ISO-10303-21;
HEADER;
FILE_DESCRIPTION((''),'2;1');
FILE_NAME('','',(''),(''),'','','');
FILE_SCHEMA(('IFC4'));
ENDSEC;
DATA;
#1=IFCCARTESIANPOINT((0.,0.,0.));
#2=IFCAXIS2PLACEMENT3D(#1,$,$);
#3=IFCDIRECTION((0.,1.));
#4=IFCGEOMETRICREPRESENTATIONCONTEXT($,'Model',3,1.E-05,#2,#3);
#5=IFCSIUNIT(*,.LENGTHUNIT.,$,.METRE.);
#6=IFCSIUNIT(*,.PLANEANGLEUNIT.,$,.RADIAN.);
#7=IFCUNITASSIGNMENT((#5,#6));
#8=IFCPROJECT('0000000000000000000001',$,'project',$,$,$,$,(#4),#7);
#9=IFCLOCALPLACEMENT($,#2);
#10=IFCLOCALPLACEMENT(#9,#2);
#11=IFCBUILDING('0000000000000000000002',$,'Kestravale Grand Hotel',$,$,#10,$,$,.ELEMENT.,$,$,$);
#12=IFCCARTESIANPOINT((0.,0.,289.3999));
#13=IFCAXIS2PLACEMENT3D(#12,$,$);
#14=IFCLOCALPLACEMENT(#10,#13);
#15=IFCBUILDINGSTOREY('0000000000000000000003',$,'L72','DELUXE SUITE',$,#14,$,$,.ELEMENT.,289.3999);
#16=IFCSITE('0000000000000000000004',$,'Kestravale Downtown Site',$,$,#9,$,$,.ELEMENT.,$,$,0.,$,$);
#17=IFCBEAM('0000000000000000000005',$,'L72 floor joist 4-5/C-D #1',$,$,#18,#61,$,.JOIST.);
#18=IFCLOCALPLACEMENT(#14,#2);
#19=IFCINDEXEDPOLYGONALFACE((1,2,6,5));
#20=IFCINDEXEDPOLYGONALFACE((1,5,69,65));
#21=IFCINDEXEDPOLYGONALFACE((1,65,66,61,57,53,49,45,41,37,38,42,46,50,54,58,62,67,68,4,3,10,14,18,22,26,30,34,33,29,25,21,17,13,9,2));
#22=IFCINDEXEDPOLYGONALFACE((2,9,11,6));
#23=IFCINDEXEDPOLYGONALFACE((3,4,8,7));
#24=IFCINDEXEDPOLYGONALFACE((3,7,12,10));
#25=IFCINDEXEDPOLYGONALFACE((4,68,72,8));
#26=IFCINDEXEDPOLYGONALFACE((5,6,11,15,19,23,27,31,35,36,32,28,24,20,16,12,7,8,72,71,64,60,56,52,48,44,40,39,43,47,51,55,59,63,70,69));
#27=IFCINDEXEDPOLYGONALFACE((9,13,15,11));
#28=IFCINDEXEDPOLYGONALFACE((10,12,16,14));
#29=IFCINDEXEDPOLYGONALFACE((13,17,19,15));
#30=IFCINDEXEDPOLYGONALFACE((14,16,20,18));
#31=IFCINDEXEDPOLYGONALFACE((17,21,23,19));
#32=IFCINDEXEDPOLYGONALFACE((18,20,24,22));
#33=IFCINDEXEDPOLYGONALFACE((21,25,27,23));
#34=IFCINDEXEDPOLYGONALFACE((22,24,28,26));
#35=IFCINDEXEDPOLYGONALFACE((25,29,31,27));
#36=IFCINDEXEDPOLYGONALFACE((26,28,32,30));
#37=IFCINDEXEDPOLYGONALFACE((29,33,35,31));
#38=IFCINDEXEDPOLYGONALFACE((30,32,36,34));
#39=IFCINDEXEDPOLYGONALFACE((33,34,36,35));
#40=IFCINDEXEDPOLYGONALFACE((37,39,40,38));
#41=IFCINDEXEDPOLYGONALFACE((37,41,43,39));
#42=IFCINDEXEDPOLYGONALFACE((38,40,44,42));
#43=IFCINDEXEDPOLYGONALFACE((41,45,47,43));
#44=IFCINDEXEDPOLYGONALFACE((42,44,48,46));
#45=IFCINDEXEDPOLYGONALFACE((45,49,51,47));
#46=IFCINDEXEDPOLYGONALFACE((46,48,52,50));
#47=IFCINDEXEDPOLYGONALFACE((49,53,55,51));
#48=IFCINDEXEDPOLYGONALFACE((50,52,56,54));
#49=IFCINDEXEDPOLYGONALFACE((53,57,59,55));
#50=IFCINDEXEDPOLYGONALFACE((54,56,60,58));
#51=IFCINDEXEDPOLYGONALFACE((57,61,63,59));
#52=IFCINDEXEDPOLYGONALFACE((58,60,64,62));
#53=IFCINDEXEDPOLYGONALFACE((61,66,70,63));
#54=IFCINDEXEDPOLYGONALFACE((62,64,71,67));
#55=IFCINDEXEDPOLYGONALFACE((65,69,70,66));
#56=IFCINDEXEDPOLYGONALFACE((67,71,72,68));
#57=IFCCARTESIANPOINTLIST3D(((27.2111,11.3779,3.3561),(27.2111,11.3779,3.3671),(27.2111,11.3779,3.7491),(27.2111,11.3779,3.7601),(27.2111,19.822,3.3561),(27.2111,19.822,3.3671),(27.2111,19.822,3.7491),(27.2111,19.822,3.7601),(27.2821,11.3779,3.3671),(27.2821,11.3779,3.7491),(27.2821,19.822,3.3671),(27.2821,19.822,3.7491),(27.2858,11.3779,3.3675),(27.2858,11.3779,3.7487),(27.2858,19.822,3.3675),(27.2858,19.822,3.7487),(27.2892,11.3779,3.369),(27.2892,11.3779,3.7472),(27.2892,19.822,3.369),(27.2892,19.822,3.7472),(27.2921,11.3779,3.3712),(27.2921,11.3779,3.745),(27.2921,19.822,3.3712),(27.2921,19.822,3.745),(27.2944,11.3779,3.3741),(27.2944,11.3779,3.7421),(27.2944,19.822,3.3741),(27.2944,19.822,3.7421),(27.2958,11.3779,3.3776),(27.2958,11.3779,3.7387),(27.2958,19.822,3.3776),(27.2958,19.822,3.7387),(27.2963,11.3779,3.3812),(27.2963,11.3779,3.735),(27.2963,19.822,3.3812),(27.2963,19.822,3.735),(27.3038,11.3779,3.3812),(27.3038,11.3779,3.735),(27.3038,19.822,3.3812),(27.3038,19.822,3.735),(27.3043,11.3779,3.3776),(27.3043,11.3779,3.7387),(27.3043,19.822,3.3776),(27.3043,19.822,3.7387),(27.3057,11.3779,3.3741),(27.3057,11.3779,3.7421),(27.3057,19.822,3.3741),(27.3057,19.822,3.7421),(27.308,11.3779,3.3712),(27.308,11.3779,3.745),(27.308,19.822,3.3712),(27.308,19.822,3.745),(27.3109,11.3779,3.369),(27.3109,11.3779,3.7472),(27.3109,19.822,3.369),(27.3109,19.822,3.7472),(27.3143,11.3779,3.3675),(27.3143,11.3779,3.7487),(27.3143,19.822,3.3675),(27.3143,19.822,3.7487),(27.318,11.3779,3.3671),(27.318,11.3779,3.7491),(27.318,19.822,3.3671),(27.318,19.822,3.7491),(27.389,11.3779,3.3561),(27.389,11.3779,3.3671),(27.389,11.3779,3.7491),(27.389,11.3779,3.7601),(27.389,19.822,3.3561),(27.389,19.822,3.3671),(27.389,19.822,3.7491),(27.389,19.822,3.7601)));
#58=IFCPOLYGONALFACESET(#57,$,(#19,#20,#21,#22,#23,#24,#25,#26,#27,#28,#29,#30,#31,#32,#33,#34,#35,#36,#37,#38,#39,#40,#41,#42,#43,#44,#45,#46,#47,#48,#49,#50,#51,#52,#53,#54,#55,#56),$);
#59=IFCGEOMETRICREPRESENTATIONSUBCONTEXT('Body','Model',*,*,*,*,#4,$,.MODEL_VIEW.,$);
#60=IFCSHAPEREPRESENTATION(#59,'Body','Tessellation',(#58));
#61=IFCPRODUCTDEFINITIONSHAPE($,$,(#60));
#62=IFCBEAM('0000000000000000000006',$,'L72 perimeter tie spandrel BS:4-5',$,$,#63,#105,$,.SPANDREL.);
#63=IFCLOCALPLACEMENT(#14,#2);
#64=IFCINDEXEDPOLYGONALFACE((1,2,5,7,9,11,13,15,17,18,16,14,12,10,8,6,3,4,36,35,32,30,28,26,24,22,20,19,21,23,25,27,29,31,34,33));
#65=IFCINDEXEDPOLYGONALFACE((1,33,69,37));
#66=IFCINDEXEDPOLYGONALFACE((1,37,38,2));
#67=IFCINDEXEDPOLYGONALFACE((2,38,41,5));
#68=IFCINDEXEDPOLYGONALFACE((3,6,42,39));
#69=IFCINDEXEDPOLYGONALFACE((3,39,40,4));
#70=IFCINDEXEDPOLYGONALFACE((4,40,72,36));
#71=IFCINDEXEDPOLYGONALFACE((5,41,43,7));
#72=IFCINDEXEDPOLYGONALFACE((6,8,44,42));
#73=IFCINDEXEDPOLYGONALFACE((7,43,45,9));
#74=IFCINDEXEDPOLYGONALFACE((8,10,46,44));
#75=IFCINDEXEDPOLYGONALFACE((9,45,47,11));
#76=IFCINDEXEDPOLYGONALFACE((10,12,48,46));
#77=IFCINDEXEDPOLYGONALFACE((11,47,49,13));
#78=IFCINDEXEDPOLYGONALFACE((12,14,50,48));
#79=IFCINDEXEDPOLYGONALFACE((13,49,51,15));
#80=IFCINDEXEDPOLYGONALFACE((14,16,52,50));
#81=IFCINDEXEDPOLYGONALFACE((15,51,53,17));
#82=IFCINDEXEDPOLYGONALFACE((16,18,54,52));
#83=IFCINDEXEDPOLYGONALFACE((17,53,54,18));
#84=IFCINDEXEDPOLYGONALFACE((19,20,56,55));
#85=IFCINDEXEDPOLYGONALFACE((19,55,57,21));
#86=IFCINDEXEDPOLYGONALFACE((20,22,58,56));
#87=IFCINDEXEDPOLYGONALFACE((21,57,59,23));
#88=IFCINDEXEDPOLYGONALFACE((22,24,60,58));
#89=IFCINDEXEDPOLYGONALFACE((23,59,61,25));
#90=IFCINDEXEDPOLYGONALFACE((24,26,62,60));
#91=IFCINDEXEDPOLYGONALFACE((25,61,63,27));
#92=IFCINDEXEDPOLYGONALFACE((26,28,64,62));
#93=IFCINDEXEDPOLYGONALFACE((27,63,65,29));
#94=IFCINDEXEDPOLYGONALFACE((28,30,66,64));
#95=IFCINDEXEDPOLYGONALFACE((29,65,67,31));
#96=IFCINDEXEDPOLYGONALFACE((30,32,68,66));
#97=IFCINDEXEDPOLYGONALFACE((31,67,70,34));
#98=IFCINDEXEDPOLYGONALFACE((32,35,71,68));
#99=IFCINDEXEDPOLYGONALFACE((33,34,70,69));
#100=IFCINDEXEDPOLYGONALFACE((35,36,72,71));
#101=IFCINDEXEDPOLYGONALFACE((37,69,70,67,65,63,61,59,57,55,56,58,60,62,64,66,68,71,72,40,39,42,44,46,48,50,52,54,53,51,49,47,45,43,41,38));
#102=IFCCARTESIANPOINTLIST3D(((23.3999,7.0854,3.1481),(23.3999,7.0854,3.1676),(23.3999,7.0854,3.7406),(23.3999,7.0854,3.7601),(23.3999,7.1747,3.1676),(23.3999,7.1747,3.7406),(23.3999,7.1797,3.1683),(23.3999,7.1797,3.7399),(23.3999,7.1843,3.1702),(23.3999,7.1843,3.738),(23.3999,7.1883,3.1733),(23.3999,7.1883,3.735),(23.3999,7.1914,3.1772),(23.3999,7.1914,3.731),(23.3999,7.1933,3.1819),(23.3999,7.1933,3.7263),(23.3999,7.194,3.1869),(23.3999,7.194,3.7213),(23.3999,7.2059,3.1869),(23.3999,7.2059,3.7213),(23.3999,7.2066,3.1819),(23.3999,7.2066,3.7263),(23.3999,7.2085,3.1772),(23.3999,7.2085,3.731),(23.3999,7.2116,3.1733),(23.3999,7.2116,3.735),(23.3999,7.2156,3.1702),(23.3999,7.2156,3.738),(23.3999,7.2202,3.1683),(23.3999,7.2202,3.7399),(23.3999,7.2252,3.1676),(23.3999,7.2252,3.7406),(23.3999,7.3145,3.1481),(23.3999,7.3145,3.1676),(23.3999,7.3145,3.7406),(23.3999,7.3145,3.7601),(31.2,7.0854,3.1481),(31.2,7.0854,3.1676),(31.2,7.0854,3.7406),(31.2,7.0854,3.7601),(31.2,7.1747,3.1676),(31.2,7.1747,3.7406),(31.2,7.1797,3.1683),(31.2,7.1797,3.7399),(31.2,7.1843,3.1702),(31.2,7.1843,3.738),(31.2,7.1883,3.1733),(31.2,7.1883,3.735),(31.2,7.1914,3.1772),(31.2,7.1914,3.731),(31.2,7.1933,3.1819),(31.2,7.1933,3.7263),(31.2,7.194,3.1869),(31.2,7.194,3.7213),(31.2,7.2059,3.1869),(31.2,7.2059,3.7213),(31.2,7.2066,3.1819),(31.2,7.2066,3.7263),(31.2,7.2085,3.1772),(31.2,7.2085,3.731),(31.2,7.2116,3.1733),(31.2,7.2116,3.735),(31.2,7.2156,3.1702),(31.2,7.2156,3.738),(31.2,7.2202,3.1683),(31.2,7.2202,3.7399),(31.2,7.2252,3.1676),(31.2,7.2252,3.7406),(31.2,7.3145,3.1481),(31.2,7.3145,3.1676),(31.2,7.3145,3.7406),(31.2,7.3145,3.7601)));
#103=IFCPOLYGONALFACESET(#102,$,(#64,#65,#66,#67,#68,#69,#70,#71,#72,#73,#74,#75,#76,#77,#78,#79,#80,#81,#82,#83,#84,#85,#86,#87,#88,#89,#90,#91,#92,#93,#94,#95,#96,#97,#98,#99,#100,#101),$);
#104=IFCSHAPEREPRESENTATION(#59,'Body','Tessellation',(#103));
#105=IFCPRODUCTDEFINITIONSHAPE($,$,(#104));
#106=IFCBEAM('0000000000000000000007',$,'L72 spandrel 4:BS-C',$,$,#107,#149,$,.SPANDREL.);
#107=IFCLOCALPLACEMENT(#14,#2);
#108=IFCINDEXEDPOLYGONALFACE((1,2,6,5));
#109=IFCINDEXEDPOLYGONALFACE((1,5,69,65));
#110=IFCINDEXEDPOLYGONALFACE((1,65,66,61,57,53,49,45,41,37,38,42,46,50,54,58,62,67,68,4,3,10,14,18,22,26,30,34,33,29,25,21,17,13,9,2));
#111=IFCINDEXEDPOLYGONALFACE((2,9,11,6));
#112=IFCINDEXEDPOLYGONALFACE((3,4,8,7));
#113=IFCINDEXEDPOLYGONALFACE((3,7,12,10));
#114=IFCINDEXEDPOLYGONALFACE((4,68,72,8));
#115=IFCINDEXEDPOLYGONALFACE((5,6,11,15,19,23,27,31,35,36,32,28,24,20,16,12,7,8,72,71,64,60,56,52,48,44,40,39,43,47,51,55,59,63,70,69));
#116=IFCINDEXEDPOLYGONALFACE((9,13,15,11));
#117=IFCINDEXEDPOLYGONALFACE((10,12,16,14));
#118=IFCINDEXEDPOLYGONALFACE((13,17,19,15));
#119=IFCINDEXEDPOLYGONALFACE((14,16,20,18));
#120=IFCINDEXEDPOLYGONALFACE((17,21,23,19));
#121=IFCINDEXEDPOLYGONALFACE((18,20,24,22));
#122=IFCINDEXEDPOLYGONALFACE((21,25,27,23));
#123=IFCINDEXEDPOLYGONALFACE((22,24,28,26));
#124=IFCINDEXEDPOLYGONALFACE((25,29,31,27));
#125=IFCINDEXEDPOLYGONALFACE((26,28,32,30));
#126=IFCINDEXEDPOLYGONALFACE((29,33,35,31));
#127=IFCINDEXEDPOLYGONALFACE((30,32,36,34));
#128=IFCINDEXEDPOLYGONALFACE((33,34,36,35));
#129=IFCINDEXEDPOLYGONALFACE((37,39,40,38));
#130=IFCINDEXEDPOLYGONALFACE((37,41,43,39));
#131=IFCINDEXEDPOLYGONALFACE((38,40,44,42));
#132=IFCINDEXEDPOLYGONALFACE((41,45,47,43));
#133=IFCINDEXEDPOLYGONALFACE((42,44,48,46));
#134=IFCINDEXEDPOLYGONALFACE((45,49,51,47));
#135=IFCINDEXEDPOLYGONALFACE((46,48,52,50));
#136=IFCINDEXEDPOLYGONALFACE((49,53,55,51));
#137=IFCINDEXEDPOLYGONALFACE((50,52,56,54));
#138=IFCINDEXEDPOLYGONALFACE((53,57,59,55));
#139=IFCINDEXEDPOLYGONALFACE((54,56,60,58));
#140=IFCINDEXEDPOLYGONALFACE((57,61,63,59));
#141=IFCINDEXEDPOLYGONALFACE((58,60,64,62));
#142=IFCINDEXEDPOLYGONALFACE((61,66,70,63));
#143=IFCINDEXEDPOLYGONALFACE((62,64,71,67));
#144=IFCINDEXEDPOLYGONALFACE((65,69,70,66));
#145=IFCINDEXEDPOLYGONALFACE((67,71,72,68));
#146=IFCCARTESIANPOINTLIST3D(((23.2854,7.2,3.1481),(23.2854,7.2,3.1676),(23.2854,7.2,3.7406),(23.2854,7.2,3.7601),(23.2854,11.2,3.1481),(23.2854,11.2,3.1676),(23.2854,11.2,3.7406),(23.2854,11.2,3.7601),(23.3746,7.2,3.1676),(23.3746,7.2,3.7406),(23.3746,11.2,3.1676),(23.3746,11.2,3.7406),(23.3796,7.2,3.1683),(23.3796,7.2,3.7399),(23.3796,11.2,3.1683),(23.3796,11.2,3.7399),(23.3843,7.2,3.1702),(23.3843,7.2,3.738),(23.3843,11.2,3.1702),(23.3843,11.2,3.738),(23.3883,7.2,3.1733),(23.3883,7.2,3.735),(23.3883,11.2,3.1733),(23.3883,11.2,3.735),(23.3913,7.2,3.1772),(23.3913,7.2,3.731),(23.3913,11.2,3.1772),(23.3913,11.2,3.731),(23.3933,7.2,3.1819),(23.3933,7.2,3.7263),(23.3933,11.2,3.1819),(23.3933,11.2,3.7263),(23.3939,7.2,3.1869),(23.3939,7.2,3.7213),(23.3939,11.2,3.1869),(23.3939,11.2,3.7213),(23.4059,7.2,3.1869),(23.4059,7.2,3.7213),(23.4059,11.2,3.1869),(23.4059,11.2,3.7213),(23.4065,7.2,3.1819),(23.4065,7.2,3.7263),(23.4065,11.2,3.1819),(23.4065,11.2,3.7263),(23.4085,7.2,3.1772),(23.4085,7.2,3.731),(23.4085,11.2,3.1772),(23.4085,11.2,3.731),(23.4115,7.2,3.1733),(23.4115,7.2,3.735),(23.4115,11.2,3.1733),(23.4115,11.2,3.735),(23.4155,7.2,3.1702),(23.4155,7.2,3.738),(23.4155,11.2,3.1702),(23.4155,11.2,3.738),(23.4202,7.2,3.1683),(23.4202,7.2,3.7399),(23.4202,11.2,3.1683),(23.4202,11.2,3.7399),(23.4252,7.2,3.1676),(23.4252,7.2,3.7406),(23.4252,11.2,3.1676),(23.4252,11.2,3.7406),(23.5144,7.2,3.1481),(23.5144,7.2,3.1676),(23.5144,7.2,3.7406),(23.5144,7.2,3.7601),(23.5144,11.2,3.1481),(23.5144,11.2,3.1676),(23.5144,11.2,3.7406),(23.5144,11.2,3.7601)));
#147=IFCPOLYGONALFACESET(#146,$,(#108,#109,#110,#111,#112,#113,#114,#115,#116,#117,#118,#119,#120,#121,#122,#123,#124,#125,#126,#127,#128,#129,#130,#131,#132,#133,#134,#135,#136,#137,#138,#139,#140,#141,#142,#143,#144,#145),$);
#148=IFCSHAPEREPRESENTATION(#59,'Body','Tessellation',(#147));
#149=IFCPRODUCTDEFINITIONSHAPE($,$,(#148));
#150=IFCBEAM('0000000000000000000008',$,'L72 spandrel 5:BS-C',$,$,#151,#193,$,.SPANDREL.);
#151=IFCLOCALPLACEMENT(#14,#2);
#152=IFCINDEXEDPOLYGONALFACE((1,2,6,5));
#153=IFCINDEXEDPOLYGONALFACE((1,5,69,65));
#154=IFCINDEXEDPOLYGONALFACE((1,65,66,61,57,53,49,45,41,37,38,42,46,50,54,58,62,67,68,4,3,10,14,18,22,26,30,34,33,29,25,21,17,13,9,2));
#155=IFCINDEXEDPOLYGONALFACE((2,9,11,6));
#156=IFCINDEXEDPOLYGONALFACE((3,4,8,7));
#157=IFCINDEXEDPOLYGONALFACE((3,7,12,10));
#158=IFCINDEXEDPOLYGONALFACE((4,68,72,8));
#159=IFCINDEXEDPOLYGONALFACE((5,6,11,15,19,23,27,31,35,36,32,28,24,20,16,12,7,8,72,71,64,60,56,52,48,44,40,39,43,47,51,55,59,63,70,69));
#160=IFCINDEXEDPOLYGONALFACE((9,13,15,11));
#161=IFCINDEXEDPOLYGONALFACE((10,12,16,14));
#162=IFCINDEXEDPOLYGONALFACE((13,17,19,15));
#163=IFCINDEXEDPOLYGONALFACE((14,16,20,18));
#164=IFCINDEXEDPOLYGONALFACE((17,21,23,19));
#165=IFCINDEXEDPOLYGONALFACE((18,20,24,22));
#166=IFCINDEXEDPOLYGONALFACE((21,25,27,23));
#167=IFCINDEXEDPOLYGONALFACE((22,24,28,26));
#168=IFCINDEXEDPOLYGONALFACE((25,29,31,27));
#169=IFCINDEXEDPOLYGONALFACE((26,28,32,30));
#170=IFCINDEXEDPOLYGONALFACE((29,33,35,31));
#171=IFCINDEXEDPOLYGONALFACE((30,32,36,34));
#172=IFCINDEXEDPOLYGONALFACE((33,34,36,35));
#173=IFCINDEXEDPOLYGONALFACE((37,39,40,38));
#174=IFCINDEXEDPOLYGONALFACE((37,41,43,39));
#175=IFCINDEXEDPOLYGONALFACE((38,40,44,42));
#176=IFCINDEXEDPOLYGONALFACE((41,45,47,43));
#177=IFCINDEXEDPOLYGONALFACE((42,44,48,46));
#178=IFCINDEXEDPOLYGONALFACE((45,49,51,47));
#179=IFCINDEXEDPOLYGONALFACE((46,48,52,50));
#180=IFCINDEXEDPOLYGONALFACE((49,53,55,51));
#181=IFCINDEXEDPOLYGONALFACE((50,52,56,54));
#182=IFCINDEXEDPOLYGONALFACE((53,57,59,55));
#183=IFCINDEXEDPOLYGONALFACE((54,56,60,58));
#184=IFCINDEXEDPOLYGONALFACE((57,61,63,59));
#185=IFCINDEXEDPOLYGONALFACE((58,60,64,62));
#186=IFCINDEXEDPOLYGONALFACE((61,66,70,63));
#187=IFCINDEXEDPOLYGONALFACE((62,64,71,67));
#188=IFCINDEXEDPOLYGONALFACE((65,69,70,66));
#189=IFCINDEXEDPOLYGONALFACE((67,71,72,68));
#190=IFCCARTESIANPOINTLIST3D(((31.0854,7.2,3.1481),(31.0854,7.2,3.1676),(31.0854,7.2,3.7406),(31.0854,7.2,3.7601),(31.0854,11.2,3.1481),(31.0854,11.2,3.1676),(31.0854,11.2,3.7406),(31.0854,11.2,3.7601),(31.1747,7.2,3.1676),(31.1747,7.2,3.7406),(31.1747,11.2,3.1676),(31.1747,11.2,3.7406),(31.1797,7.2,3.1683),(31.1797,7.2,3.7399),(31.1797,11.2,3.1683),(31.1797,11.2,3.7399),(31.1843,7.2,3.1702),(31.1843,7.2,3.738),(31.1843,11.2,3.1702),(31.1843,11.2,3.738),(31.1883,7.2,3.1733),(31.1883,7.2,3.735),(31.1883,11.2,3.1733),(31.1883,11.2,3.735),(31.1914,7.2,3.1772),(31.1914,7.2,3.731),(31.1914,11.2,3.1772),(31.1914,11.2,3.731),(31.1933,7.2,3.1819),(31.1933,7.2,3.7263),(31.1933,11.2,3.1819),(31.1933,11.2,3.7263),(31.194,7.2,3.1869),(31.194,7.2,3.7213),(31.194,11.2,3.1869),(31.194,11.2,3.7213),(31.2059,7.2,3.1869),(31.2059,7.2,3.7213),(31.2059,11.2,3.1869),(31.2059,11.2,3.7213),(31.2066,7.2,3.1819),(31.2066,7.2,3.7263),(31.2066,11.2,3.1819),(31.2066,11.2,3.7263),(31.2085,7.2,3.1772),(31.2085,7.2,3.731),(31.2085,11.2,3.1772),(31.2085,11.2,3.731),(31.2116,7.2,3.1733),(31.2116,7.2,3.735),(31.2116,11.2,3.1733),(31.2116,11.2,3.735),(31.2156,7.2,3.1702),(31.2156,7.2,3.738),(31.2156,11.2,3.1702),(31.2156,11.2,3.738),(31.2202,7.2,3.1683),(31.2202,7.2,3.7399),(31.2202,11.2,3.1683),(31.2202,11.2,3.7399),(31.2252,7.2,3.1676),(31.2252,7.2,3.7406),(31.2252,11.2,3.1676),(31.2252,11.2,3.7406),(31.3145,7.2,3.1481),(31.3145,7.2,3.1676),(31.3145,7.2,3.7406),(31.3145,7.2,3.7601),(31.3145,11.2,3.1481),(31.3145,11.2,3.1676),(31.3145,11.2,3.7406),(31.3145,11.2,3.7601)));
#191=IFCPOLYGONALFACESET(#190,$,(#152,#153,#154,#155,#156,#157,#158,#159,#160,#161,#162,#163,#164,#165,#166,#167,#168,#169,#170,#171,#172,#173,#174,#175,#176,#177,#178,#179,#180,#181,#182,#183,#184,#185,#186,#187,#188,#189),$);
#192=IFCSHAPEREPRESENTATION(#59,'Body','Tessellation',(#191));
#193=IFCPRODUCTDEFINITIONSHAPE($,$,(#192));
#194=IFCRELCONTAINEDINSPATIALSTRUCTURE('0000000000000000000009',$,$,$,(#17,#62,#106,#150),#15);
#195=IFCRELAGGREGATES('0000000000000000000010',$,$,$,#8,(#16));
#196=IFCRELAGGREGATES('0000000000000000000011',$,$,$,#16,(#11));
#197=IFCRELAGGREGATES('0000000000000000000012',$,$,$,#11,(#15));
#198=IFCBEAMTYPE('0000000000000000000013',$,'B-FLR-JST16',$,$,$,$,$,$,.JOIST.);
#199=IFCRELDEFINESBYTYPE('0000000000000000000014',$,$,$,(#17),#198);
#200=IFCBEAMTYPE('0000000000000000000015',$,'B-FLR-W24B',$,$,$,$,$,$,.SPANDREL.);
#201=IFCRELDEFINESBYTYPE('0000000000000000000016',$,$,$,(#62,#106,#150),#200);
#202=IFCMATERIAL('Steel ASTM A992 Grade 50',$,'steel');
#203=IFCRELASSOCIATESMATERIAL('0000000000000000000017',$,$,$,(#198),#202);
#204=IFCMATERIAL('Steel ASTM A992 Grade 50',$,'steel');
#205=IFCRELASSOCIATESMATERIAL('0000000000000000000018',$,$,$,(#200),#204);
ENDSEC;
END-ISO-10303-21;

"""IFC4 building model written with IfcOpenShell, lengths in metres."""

from ifc_helpers import new_model, si_unit, direction, frame, origin, origin_2d, place, context, subcontext, project, spatial, i_section, extrude, material, material_profile, profile_set, type_object, element, save


model = new_model("IFC4")

# Units and contexts
model_context = context("Model", 3, precision=1e-05, world=origin(), true_north=direction((0.0, 1.0)))
body_context = subcontext(model_context, "Body", "Model", "MODEL_VIEW")
ifc_project = project(units=[si_unit("LENGTHUNIT", "METRE"), si_unit("PLANEANGLEUNIT", "RADIAN")], contexts=[model_context])

# Site, building, storey
site_placement = place(None, origin())
site = spatial("IfcSite", under=ifc_project, at=site_placement, Name="Kestravale Downtown Site", CompositionType="ELEMENT", RefElevation=0.0)
building_placement = place(site_placement, origin())
building = spatial("IfcBuilding", under=site, at=building_placement, Name="Kestravale Grand Hotel", CompositionType="ELEMENT")
storey_placement = place(building_placement, frame((0.0, 0.0, 289.3999)))
storey = spatial("IfcBuildingStorey", under=building, at=storey_placement, Name="L72", Description="DELUXE SUITE", CompositionType="ELEMENT", Elevation=289.3999)

# Beams
ifc_material_1 = material(Name="Steel ASTM A992 Grade 50", Category="steel")
ifc_material_profile_1 = material_profile(ifc_material_1, i_section(OverallWidth=0.178, OverallDepth=0.4041, WebThickness=0.0076, FlangeThickness=0.011, FilletRadius=0.0142, at=origin_2d()))
ifc_profile_set_1 = profile_set([ifc_material_profile_1], Name="Steel ASTM A992 Grade 50")
beam_type_1 = type_object("IfcBeamType", Name="B-FLR-JST16", PredefinedType="JOIST", material=ifc_profile_set_1)
beam_1_placement = place(storey_placement, frame((27.3, 11.3779, 3.5581), z_axis=(0.0, 1.0, 0.0), x_axis=(-1.0, 0.0, 0.0)))
element("IfcBeam", 1, at=beam_1_placement, inside=storey, type_object=beam_type_1, Name="L72 floor joist 4-5/C-D #1", PredefinedType="JOIST", context=body_context, shape_type="SweptSolid", body=[
    extrude(i_section(OverallWidth=0.178, OverallDepth=0.4041, WebThickness=0.0076, FlangeThickness=0.011, FilletRadius=0.0142, at=origin_2d()), origin(), (0.0, 0.0, 1.0), 8.4441),
])
ifc_material_2 = material(Name="Steel ASTM A992 Grade 50", Category="steel")
ifc_material_profile_2 = material_profile(ifc_material_2, i_section(OverallWidth=0.229, OverallDepth=0.6121, WebThickness=0.012, FlangeThickness=0.0195, FilletRadius=0.0193, at=origin_2d()))
ifc_profile_set_2 = profile_set([ifc_material_profile_2], Name="Steel ASTM A992 Grade 50")
beam_type_2 = type_object("IfcBeamType", Name="B-FLR-W24B", PredefinedType="SPANDREL", material=ifc_profile_set_2)
beam_2_placement = place(storey_placement, frame((23.3999, 7.2, 3.4541), z_axis=(1.0, 0.0, 0.0), x_axis=(0.0, 1.0, 0.0)))
element("IfcBeam", 2, at=beam_2_placement, inside=storey, type_object=beam_type_2, Name="L72 perimeter tie spandrel BS:4-5", PredefinedType="SPANDREL", context=body_context, shape_type="SweptSolid", body=[
    extrude(i_section(OverallWidth=0.229, OverallDepth=0.6121, WebThickness=0.012, FlangeThickness=0.0195, FilletRadius=0.0193, at=origin_2d()), origin(), (0.0, 0.0, 1.0), 7.8),
])
for number, where, z_axis, x_axis, name in (
    (3, (23.3999, 7.2, 3.4541), (0.0, 1.0, 0.0), (-1.0, 0.0, 0.0), "L72 spandrel 4:BS-C"),
    (4, (31.2, 7.2, 3.4541), (0.0, 1.0, 0.0), (-1.0, 0.0, 0.0), "L72 spandrel 5:BS-C"),
):
    element("IfcBeam", number, at=place(storey_placement, frame(where, z_axis=z_axis, x_axis=x_axis)), inside=storey, type_object=beam_type_2, Name=name, PredefinedType="SPANDREL", context=body_context, shape_type="SweptSolid", body=[
        extrude(i_section(OverallWidth=0.229, OverallDepth=0.6121, WebThickness=0.012, FlangeThickness=0.0195, FilletRadius=0.0193, at=origin_2d()), origin(), (0.0, 0.0, 1.0), 4.0),
    ])

save(model, "model.ifc")
